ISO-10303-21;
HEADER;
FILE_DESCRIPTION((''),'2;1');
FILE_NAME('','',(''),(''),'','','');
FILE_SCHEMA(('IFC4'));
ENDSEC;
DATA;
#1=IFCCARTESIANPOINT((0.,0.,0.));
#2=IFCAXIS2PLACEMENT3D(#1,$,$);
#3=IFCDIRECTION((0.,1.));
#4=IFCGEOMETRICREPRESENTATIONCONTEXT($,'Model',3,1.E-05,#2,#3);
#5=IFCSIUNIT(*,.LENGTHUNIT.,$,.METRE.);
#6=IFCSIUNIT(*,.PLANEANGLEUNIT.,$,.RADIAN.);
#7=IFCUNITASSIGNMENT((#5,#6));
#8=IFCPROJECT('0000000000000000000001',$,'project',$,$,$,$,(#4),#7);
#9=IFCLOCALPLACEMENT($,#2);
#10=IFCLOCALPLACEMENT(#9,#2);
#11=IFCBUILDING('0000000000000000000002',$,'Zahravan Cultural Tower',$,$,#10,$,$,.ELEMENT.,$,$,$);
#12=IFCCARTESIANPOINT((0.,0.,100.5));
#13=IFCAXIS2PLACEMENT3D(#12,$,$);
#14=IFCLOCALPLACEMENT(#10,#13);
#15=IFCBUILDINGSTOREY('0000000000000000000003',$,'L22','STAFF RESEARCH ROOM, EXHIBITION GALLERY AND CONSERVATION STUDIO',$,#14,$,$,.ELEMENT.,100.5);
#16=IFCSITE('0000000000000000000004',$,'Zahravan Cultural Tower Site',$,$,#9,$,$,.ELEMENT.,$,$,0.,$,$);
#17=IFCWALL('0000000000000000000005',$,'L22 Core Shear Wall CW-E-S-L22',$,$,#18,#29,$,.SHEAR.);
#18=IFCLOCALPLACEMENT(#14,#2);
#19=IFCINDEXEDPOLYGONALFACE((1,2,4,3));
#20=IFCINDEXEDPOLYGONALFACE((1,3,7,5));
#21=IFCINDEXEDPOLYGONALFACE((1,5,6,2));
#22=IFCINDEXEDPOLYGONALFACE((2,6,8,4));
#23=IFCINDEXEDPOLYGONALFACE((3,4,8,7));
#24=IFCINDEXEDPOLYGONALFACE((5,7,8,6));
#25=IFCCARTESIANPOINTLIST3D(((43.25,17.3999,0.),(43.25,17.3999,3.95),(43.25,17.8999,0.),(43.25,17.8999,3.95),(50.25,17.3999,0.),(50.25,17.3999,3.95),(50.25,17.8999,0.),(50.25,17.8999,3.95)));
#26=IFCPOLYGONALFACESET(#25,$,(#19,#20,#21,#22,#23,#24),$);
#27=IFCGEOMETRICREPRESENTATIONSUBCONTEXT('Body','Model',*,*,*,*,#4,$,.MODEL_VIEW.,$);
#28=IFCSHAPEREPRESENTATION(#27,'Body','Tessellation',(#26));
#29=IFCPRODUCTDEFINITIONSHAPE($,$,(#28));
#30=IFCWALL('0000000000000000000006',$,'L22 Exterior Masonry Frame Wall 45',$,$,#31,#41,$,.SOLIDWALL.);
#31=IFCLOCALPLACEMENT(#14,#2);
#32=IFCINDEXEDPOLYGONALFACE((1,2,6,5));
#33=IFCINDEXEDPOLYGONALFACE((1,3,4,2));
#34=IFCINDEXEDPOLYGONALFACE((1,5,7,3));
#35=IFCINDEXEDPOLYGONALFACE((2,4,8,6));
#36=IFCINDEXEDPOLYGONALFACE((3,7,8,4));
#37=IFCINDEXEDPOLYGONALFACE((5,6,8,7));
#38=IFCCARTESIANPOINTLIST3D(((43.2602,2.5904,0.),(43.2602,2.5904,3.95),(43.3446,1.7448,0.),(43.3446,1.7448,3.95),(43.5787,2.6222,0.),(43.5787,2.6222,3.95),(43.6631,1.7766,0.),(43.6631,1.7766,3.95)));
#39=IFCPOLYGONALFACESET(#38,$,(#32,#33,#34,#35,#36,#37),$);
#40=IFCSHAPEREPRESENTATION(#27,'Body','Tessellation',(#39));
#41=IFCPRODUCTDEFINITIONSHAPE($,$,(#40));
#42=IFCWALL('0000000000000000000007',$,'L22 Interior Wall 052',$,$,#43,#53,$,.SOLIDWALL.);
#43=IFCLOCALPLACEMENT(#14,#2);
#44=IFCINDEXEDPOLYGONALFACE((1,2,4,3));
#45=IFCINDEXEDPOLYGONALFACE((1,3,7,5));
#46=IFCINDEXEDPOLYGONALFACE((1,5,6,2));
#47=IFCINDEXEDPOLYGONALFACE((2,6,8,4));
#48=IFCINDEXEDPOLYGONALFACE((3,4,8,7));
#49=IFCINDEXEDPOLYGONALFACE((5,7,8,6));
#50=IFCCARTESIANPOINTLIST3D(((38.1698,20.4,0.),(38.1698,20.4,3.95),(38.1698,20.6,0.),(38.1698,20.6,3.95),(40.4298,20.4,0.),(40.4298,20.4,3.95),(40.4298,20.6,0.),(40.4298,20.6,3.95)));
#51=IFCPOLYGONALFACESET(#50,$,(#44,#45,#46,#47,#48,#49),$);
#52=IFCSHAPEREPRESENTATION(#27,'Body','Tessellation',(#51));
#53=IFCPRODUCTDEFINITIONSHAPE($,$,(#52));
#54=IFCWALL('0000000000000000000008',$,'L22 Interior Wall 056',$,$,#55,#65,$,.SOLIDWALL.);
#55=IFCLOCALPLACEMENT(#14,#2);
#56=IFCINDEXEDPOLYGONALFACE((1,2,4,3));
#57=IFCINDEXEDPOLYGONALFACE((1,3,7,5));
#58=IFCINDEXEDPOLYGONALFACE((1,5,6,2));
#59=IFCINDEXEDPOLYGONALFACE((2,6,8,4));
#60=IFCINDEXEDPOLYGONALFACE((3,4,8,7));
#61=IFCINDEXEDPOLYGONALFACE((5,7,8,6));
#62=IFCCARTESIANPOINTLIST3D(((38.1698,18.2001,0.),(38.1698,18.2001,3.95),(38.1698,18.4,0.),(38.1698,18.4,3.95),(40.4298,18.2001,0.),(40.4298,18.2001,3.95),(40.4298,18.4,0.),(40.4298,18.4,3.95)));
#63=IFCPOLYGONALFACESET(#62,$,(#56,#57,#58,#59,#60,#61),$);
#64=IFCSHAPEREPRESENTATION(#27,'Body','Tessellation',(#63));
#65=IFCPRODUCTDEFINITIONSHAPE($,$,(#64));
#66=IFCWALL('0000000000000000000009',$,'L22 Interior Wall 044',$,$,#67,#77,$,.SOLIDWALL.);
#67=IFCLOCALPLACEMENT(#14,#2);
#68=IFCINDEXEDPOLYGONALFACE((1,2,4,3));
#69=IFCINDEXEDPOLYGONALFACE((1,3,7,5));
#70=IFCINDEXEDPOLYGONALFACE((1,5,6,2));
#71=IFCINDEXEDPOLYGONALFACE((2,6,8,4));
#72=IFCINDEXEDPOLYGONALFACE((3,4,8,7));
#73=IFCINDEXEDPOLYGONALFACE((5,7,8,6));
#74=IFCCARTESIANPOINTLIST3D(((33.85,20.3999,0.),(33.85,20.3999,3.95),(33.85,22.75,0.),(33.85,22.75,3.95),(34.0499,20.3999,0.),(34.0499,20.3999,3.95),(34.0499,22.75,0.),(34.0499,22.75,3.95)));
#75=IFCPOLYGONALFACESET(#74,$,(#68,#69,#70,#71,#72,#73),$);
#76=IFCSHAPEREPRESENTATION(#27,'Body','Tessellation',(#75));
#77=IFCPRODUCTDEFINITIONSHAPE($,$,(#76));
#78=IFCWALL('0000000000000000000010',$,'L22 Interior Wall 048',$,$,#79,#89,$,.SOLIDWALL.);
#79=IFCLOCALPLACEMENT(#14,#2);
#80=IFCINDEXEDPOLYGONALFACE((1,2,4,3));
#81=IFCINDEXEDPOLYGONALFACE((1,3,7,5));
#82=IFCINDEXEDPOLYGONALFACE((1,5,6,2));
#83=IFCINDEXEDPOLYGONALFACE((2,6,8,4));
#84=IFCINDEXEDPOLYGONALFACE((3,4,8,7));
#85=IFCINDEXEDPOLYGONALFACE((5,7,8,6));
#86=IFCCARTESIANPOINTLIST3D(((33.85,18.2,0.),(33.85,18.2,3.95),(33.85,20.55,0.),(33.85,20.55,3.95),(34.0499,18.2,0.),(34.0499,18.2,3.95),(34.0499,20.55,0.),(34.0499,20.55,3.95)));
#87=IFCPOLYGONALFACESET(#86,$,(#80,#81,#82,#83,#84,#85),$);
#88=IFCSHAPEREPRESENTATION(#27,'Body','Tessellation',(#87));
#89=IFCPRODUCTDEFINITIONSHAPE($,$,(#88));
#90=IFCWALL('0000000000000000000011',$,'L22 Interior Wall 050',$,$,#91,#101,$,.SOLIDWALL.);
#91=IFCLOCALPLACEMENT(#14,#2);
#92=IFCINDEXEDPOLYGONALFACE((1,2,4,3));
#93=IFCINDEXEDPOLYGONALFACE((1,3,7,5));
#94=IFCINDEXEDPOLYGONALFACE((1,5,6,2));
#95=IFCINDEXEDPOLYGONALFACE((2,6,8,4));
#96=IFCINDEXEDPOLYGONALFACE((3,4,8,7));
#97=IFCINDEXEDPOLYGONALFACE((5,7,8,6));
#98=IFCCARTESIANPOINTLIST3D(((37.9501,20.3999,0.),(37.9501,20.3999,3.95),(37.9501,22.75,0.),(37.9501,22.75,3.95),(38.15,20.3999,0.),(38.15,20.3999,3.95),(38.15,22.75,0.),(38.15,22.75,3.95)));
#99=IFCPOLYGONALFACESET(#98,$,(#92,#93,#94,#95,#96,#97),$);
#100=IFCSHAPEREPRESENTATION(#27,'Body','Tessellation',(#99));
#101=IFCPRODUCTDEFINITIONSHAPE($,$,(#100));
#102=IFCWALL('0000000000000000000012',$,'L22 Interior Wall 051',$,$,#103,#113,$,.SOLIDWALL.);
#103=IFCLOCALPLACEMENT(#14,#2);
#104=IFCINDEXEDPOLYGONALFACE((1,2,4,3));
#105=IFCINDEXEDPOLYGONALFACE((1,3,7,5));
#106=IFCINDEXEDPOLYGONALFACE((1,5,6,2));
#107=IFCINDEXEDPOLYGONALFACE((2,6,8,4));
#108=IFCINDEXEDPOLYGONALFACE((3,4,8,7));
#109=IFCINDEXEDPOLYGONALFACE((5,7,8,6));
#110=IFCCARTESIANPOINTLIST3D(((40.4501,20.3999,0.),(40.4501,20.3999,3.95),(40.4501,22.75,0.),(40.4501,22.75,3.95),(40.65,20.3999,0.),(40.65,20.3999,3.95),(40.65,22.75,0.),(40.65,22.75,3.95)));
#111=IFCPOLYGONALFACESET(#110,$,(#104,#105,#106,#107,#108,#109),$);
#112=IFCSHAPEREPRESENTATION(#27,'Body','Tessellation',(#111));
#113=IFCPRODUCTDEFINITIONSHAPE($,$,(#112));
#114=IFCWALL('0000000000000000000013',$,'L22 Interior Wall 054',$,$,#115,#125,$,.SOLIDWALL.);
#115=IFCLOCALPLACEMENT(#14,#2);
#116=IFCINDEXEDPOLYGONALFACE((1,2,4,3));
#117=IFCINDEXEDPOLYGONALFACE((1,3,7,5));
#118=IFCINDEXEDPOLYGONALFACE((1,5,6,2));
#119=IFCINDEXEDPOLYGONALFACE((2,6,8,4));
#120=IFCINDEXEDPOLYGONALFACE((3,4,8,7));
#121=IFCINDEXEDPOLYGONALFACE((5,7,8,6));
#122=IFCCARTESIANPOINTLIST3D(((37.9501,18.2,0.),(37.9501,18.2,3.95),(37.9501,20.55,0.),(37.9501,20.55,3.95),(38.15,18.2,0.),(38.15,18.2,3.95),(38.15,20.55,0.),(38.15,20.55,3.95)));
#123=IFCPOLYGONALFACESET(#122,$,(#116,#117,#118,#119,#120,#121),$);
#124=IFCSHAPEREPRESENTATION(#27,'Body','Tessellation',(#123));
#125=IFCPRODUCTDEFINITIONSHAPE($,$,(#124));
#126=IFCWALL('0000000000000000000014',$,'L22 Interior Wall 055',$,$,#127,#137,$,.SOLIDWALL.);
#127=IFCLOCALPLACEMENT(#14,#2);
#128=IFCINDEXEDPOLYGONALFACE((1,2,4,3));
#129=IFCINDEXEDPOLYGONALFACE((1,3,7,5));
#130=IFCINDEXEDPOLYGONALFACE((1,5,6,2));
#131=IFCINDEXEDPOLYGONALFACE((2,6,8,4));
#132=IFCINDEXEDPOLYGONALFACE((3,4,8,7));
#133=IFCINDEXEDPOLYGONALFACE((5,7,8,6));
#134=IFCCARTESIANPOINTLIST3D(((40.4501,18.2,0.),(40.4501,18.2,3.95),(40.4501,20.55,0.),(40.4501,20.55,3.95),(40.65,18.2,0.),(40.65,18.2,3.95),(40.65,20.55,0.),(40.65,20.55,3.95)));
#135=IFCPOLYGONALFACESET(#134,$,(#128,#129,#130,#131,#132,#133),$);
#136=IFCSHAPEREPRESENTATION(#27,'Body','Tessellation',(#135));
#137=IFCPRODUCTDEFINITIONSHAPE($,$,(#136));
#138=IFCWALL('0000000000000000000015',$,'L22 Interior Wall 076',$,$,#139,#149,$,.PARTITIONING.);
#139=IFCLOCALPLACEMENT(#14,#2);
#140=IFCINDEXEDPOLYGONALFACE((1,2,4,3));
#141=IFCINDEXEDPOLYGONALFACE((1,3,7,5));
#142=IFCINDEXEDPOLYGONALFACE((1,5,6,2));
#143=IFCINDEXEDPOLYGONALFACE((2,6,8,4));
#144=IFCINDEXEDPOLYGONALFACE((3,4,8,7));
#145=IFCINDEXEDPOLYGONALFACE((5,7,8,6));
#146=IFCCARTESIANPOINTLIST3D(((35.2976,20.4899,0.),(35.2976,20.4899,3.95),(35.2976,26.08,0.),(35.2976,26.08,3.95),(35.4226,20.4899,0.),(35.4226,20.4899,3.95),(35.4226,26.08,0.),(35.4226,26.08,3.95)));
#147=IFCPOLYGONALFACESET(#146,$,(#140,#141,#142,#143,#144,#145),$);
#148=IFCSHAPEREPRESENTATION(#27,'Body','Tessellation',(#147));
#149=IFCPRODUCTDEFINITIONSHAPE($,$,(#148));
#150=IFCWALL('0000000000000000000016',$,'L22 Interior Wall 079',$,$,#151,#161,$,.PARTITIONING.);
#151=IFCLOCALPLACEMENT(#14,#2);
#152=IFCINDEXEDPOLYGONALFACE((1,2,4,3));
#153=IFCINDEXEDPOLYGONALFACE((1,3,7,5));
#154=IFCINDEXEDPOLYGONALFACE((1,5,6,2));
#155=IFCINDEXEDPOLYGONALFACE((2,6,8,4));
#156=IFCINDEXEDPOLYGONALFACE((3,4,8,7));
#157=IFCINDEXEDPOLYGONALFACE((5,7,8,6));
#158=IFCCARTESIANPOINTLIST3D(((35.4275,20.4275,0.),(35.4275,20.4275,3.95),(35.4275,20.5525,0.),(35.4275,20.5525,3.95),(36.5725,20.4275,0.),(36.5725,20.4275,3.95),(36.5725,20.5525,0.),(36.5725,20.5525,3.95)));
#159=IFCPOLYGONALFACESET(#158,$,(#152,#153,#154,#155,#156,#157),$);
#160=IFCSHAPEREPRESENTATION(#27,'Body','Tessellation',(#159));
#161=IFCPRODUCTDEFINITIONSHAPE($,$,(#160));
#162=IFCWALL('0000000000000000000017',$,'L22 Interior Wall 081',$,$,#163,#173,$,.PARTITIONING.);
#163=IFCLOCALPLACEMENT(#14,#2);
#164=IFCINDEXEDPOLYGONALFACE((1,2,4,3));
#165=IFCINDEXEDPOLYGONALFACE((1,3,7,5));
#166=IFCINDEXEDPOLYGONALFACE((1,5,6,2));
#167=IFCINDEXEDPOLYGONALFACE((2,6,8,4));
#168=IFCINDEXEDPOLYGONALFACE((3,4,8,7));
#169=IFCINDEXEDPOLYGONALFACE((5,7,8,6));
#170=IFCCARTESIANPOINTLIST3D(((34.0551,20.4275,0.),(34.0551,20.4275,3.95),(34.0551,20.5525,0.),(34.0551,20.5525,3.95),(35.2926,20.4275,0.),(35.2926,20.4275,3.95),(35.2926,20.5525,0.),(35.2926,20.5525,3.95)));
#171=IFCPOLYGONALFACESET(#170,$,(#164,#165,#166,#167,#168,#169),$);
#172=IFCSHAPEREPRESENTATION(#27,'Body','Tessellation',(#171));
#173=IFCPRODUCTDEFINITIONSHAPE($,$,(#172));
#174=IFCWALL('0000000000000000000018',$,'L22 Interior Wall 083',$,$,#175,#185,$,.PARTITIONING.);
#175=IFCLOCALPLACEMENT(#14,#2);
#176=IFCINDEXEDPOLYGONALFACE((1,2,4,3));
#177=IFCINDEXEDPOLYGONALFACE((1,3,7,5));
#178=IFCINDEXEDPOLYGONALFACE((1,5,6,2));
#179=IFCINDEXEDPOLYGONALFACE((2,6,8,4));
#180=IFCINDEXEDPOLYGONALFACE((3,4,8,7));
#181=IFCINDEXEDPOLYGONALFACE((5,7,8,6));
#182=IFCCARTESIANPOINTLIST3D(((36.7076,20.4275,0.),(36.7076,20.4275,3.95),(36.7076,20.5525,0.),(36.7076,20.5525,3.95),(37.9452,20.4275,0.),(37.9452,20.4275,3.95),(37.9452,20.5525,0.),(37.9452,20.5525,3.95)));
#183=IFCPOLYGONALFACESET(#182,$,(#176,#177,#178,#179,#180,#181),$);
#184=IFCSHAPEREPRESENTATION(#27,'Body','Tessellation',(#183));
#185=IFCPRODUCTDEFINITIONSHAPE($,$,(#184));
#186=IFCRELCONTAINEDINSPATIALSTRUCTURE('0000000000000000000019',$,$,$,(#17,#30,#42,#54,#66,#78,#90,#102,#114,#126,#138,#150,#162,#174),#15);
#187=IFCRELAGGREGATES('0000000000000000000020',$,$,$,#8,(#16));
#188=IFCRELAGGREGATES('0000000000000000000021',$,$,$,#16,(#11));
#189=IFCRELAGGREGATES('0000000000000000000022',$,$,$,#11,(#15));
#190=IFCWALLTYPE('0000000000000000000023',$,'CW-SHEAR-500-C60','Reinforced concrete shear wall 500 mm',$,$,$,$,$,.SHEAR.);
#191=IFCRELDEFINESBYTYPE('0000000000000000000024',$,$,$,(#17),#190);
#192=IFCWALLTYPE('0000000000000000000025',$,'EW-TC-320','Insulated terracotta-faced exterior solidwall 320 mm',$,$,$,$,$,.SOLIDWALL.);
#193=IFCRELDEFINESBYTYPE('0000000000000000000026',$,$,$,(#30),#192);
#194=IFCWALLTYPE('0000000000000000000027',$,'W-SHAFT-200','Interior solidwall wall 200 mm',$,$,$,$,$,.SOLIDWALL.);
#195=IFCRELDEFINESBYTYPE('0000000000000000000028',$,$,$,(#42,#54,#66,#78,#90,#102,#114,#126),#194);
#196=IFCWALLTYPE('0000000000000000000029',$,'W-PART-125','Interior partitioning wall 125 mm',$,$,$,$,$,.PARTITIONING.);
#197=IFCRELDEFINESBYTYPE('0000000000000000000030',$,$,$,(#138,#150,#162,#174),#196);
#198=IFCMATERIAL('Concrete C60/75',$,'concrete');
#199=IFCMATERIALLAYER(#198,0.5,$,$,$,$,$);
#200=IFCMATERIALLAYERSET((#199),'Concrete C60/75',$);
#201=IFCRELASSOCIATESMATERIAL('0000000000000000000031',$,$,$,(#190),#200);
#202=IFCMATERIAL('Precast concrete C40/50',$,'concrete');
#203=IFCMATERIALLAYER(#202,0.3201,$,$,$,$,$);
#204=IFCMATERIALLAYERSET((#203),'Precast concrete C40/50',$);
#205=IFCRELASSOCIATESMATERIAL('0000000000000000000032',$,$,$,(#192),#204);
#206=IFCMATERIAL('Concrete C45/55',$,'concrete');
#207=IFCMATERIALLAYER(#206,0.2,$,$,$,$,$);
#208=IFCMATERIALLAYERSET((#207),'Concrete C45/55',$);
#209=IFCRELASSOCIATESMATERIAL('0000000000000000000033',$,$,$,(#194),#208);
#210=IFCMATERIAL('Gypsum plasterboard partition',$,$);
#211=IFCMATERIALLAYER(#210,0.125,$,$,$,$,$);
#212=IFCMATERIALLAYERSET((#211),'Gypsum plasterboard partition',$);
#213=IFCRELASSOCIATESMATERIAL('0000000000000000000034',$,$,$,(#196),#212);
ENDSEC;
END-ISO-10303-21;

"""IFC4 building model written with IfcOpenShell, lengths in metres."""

from ifc_helpers import new_model, si_unit, direction, frame, frame_2d, origin, place, context, subcontext, project, spatial, rectangle, extrude, source, transform, mapped, material, layer, layer_set, type_object, element, save


model = new_model("IFC4")

# Units and contexts
model_context = context("Model", 3, precision=1e-05, world=origin(), true_north=direction((0.0, 1.0)))
body_context = subcontext(model_context, "Body", "Model", "MODEL_VIEW")
ifc_project = project(units=[si_unit("LENGTHUNIT", "METRE"), si_unit("PLANEANGLEUNIT", "RADIAN")], contexts=[model_context])

# Site, building, storey
site_placement = place(None, origin())
site = spatial("IfcSite", under=ifc_project, at=site_placement, Name="Zahravan Cultural Tower Site", CompositionType="ELEMENT", RefElevation=0.0)
building_placement = place(site_placement, origin())
building = spatial("IfcBuilding", under=site, at=building_placement, Name="Zahravan Cultural Tower", CompositionType="ELEMENT")
storey_placement = place(building_placement, frame((0.0, 0.0, 100.5)))
storey = spatial("IfcBuildingStorey", under=building, at=storey_placement, Name="L22", Description="STAFF RESEARCH ROOM, EXHIBITION GALLERY AND CONSERVATION STUDIO", CompositionType="ELEMENT", Elevation=100.5)

# Shared definitions
ifc_material_1 = material(Name="Concrete C60/75", Category="concrete")

# Shared definitions
ifc_layer_1 = layer(ifc_material_1, 0.5)
ifc_layer_set_1 = layer_set([ifc_layer_1], Name="Concrete C60/75")
wall_type_1 = type_object("IfcWallType", Name="CW-SHEAR-500-C60", Description="Reinforced concrete shear wall 500 mm", PredefinedType="SHEAR", material=ifc_layer_set_1)

# Walls
shared_shape_1 = source(origin(), body_context, "Body", "SweptSolid", [
    extrude(rectangle(XDim=7.0, YDim=0.5, at=frame_2d((3.5, 0.0))), origin(), (0.0, 0.0, 1.0), 3.95),
])
wall_1_placement = place(storey_placement, frame((43.25, 17.6499, 0.0), z_axis=(0.0, 0.0, 1.0), x_axis=(1.0, 0.0, 0.0)))
element("IfcWall", 1, at=wall_1_placement, inside=storey, type_object=wall_type_1, Name="L22 Core Shear Wall CW-E-S-L22", PredefinedType="SHEAR", context=body_context, shape_type="MappedRepresentation", body=[
    mapped(shared_shape_1, transform((0.0, 0.0, 0.0), x_axis=(1.0, 0.0, 0.0), y_axis=(0.0, 1.0, 0.0), z_axis=(0.0, 0.0, 1.0), scale=1.0)),
])
ifc_material_2 = material(Name="Precast concrete C40/50", Category="concrete")
ifc_layer_2 = layer(ifc_material_2, 0.3201)
ifc_layer_set_2 = layer_set([ifc_layer_2], Name="Precast concrete C40/50")
wall_type_2 = type_object("IfcWallType", Name="EW-TC-320", Description="Insulated terracotta-faced exterior solidwall 320 mm", PredefinedType="SOLIDWALL", material=ifc_layer_set_2)
shared_shape_2 = source(origin(), body_context, "Body", "SweptSolid", [
    extrude(rectangle(XDim=0.8499, YDim=0.3201, at=frame_2d((0.4248, 0.0))), origin(), (0.0, 0.0, 1.0), 3.95),
])
wall_2_placement = place(storey_placement, frame((43.4194, 2.6062, 0.0), z_axis=(0.0, 0.0, 1.0), x_axis=(0.09939, -0.995049, 0.0)))
element("IfcWall", 2, at=wall_2_placement, inside=storey, type_object=wall_type_2, Name="L22 Exterior Masonry Frame Wall 45", PredefinedType="SOLIDWALL", context=body_context, shape_type="MappedRepresentation", body=[
    mapped(shared_shape_2, transform((0.0, 0.0, 0.0), x_axis=(1.0, 0.0, 0.0), y_axis=(0.0, 1.0, 0.0), z_axis=(0.0, 0.0, 1.0), scale=1.0)),
])
ifc_material_3 = material(Name="Concrete C45/55", Category="concrete")
ifc_layer_3 = layer(ifc_material_3, 0.2)
ifc_layer_set_3 = layer_set([ifc_layer_3], Name="Concrete C45/55")
wall_type_3 = type_object("IfcWallType", Name="W-SHAFT-200", Description="Interior solidwall wall 200 mm", PredefinedType="SOLIDWALL", material=ifc_layer_set_3)
shared_shape_3 = source(origin(), body_context, "Body", "SweptSolid", [
    extrude(rectangle(XDim=2.26, YDim=0.2, at=frame_2d((1.1299, 0.0))), origin(), (0.0, 0.0, 1.0), 3.95),
])
for number, where, z_axis, x_axis, name in (
    (3, (38.1699, 20.5, 0.0), (0.0, 0.0, 1.0), (1.0, 0.0, 0.0), "L22 Interior Wall 052"),
    (4, (38.1699, 18.3, 0.0), (0.0, 0.0, 1.0), (1.0, 0.0, 0.0), "L22 Interior Wall 056"),
):
    element("IfcWall", number, at=place(storey_placement, frame(where, z_axis=z_axis, x_axis=x_axis)), inside=storey, type_object=wall_type_3, Name=name, PredefinedType="SOLIDWALL", context=body_context, shape_type="MappedRepresentation", body=[
        mapped(shared_shape_3, transform((0.0, 0.0, 0.0), x_axis=(1.0, 0.0, 0.0), y_axis=(0.0, 1.0, 0.0), z_axis=(0.0, 0.0, 1.0), scale=1.0)),
    ])
shared_shape_4 = source(origin(), body_context, "Body", "SweptSolid", [
    extrude(rectangle(XDim=2.3501, YDim=0.2, at=frame_2d((1.175, 0.0))), origin(), (0.0, 0.0, 1.0), 3.95),
])
for number, where, z_axis, x_axis, name in (
    (5, (33.95, 20.3999, 0.0), (0.0, 0.0, 1.0), (0.0, 1.0, 0.0), "L22 Interior Wall 044"),
    (6, (33.95, 18.2, 0.0), (0.0, 0.0, 1.0), (0.0, 1.0, 0.0), "L22 Interior Wall 048"),
    (7, (38.05, 20.3999, 0.0), (0.0, 0.0, 1.0), (0.0, 1.0, 0.0), "L22 Interior Wall 050"),
    (8, (40.55, 20.3999, 0.0), (0.0, 0.0, 1.0), (0.0, 1.0, 0.0), "L22 Interior Wall 051"),
    (9, (38.05, 18.2, 0.0), (0.0, 0.0, 1.0), (0.0, 1.0, 0.0), "L22 Interior Wall 054"),
    (10, (40.55, 18.2, 0.0), (0.0, 0.0, 1.0), (0.0, 1.0, 0.0), "L22 Interior Wall 055"),
):
    element("IfcWall", number, at=place(storey_placement, frame(where, z_axis=z_axis, x_axis=x_axis)), inside=storey, type_object=wall_type_3, Name=name, PredefinedType="SOLIDWALL", context=body_context, shape_type="MappedRepresentation", body=[
        mapped(shared_shape_4, transform((0.0, 0.0, 0.0), x_axis=(1.0, 0.0, 0.0), y_axis=(0.0, 1.0, 0.0), z_axis=(0.0, 0.0, 1.0), scale=1.0)),
    ])
ifc_material_4 = material(Name="Gypsum plasterboard partition")
ifc_layer_4 = layer(ifc_material_4, 0.125)
ifc_layer_set_4 = layer_set([ifc_layer_4], Name="Gypsum plasterboard partition")
wall_type_4 = type_object("IfcWallType", Name="W-PART-125", Description="Interior partitioning wall 125 mm", PredefinedType="PARTITIONING", material=ifc_layer_set_4)
shared_shape_5 = source(origin(), body_context, "Body", "SweptSolid", [
    extrude(rectangle(XDim=5.5901, YDim=0.125, at=frame_2d((2.7949, 0.0))), origin(), (0.0, 0.0, 1.0), 3.95),
])
wall_3_placement = place(storey_placement, frame((35.3601, 20.49, 0.0), z_axis=(0.0, 0.0, 1.0), x_axis=(0.0, 1.0, 0.0)))
element("IfcWall", 11, at=wall_3_placement, inside=storey, type_object=wall_type_4, Name="L22 Interior Wall 076", PredefinedType="PARTITIONING", context=body_context, shape_type="MappedRepresentation", body=[
    mapped(shared_shape_5, transform((0.0, 0.0, 0.0), x_axis=(1.0, 0.0, 0.0), y_axis=(0.0, 1.0, 0.0), z_axis=(0.0, 0.0, 1.0), scale=1.0)),
])
shared_shape_6 = source(origin(), body_context, "Body", "SweptSolid", [
    extrude(rectangle(XDim=1.145, YDim=0.125, at=frame_2d((0.5725, 0.0))), origin(), (0.0, 0.0, 1.0), 3.95),
])
wall_4_placement = place(storey_placement, frame((36.5725, 20.49, 0.0), z_axis=(0.0, 0.0, 1.0), x_axis=(-1.0, 0.0, 0.0)))
element("IfcWall", 12, at=wall_4_placement, inside=storey, type_object=wall_type_4, Name="L22 Interior Wall 079", PredefinedType="PARTITIONING", context=body_context, shape_type="MappedRepresentation", body=[
    mapped(shared_shape_6, transform((0.0, 0.0, 0.0), x_axis=(1.0, 0.0, 0.0), y_axis=(0.0, 1.0, 0.0), z_axis=(0.0, 0.0, 1.0), scale=1.0)),
])
shared_shape_7 = source(origin(), body_context, "Body", "SweptSolid", [
    extrude(rectangle(XDim=1.2375, YDim=0.125, at=frame_2d((0.6187, 0.0))), origin(), (0.0, 0.0, 1.0), 3.95),
])
for number, where, z_axis, x_axis, name in (
    (13, (35.2925, 20.49, 0.0), (0.0, 0.0, 1.0), (-1.0, 0.0, 0.0), "L22 Interior Wall 081"),
    (14, (37.9451, 20.49, 0.0), (0.0, 0.0, 1.0), (-1.0, 0.0, 0.0), "L22 Interior Wall 083"),
):
    element("IfcWall", number, at=place(storey_placement, frame(where, z_axis=z_axis, x_axis=x_axis)), inside=storey, type_object=wall_type_4, Name=name, PredefinedType="PARTITIONING", context=body_context, shape_type="MappedRepresentation", body=[
        mapped(shared_shape_7, transform((0.0, 0.0, 0.0), x_axis=(1.0, 0.0, 0.0), y_axis=(0.0, 1.0, 0.0), z_axis=(0.0, 0.0, 1.0), scale=1.0)),
    ])

save(model, "model.ifc")
